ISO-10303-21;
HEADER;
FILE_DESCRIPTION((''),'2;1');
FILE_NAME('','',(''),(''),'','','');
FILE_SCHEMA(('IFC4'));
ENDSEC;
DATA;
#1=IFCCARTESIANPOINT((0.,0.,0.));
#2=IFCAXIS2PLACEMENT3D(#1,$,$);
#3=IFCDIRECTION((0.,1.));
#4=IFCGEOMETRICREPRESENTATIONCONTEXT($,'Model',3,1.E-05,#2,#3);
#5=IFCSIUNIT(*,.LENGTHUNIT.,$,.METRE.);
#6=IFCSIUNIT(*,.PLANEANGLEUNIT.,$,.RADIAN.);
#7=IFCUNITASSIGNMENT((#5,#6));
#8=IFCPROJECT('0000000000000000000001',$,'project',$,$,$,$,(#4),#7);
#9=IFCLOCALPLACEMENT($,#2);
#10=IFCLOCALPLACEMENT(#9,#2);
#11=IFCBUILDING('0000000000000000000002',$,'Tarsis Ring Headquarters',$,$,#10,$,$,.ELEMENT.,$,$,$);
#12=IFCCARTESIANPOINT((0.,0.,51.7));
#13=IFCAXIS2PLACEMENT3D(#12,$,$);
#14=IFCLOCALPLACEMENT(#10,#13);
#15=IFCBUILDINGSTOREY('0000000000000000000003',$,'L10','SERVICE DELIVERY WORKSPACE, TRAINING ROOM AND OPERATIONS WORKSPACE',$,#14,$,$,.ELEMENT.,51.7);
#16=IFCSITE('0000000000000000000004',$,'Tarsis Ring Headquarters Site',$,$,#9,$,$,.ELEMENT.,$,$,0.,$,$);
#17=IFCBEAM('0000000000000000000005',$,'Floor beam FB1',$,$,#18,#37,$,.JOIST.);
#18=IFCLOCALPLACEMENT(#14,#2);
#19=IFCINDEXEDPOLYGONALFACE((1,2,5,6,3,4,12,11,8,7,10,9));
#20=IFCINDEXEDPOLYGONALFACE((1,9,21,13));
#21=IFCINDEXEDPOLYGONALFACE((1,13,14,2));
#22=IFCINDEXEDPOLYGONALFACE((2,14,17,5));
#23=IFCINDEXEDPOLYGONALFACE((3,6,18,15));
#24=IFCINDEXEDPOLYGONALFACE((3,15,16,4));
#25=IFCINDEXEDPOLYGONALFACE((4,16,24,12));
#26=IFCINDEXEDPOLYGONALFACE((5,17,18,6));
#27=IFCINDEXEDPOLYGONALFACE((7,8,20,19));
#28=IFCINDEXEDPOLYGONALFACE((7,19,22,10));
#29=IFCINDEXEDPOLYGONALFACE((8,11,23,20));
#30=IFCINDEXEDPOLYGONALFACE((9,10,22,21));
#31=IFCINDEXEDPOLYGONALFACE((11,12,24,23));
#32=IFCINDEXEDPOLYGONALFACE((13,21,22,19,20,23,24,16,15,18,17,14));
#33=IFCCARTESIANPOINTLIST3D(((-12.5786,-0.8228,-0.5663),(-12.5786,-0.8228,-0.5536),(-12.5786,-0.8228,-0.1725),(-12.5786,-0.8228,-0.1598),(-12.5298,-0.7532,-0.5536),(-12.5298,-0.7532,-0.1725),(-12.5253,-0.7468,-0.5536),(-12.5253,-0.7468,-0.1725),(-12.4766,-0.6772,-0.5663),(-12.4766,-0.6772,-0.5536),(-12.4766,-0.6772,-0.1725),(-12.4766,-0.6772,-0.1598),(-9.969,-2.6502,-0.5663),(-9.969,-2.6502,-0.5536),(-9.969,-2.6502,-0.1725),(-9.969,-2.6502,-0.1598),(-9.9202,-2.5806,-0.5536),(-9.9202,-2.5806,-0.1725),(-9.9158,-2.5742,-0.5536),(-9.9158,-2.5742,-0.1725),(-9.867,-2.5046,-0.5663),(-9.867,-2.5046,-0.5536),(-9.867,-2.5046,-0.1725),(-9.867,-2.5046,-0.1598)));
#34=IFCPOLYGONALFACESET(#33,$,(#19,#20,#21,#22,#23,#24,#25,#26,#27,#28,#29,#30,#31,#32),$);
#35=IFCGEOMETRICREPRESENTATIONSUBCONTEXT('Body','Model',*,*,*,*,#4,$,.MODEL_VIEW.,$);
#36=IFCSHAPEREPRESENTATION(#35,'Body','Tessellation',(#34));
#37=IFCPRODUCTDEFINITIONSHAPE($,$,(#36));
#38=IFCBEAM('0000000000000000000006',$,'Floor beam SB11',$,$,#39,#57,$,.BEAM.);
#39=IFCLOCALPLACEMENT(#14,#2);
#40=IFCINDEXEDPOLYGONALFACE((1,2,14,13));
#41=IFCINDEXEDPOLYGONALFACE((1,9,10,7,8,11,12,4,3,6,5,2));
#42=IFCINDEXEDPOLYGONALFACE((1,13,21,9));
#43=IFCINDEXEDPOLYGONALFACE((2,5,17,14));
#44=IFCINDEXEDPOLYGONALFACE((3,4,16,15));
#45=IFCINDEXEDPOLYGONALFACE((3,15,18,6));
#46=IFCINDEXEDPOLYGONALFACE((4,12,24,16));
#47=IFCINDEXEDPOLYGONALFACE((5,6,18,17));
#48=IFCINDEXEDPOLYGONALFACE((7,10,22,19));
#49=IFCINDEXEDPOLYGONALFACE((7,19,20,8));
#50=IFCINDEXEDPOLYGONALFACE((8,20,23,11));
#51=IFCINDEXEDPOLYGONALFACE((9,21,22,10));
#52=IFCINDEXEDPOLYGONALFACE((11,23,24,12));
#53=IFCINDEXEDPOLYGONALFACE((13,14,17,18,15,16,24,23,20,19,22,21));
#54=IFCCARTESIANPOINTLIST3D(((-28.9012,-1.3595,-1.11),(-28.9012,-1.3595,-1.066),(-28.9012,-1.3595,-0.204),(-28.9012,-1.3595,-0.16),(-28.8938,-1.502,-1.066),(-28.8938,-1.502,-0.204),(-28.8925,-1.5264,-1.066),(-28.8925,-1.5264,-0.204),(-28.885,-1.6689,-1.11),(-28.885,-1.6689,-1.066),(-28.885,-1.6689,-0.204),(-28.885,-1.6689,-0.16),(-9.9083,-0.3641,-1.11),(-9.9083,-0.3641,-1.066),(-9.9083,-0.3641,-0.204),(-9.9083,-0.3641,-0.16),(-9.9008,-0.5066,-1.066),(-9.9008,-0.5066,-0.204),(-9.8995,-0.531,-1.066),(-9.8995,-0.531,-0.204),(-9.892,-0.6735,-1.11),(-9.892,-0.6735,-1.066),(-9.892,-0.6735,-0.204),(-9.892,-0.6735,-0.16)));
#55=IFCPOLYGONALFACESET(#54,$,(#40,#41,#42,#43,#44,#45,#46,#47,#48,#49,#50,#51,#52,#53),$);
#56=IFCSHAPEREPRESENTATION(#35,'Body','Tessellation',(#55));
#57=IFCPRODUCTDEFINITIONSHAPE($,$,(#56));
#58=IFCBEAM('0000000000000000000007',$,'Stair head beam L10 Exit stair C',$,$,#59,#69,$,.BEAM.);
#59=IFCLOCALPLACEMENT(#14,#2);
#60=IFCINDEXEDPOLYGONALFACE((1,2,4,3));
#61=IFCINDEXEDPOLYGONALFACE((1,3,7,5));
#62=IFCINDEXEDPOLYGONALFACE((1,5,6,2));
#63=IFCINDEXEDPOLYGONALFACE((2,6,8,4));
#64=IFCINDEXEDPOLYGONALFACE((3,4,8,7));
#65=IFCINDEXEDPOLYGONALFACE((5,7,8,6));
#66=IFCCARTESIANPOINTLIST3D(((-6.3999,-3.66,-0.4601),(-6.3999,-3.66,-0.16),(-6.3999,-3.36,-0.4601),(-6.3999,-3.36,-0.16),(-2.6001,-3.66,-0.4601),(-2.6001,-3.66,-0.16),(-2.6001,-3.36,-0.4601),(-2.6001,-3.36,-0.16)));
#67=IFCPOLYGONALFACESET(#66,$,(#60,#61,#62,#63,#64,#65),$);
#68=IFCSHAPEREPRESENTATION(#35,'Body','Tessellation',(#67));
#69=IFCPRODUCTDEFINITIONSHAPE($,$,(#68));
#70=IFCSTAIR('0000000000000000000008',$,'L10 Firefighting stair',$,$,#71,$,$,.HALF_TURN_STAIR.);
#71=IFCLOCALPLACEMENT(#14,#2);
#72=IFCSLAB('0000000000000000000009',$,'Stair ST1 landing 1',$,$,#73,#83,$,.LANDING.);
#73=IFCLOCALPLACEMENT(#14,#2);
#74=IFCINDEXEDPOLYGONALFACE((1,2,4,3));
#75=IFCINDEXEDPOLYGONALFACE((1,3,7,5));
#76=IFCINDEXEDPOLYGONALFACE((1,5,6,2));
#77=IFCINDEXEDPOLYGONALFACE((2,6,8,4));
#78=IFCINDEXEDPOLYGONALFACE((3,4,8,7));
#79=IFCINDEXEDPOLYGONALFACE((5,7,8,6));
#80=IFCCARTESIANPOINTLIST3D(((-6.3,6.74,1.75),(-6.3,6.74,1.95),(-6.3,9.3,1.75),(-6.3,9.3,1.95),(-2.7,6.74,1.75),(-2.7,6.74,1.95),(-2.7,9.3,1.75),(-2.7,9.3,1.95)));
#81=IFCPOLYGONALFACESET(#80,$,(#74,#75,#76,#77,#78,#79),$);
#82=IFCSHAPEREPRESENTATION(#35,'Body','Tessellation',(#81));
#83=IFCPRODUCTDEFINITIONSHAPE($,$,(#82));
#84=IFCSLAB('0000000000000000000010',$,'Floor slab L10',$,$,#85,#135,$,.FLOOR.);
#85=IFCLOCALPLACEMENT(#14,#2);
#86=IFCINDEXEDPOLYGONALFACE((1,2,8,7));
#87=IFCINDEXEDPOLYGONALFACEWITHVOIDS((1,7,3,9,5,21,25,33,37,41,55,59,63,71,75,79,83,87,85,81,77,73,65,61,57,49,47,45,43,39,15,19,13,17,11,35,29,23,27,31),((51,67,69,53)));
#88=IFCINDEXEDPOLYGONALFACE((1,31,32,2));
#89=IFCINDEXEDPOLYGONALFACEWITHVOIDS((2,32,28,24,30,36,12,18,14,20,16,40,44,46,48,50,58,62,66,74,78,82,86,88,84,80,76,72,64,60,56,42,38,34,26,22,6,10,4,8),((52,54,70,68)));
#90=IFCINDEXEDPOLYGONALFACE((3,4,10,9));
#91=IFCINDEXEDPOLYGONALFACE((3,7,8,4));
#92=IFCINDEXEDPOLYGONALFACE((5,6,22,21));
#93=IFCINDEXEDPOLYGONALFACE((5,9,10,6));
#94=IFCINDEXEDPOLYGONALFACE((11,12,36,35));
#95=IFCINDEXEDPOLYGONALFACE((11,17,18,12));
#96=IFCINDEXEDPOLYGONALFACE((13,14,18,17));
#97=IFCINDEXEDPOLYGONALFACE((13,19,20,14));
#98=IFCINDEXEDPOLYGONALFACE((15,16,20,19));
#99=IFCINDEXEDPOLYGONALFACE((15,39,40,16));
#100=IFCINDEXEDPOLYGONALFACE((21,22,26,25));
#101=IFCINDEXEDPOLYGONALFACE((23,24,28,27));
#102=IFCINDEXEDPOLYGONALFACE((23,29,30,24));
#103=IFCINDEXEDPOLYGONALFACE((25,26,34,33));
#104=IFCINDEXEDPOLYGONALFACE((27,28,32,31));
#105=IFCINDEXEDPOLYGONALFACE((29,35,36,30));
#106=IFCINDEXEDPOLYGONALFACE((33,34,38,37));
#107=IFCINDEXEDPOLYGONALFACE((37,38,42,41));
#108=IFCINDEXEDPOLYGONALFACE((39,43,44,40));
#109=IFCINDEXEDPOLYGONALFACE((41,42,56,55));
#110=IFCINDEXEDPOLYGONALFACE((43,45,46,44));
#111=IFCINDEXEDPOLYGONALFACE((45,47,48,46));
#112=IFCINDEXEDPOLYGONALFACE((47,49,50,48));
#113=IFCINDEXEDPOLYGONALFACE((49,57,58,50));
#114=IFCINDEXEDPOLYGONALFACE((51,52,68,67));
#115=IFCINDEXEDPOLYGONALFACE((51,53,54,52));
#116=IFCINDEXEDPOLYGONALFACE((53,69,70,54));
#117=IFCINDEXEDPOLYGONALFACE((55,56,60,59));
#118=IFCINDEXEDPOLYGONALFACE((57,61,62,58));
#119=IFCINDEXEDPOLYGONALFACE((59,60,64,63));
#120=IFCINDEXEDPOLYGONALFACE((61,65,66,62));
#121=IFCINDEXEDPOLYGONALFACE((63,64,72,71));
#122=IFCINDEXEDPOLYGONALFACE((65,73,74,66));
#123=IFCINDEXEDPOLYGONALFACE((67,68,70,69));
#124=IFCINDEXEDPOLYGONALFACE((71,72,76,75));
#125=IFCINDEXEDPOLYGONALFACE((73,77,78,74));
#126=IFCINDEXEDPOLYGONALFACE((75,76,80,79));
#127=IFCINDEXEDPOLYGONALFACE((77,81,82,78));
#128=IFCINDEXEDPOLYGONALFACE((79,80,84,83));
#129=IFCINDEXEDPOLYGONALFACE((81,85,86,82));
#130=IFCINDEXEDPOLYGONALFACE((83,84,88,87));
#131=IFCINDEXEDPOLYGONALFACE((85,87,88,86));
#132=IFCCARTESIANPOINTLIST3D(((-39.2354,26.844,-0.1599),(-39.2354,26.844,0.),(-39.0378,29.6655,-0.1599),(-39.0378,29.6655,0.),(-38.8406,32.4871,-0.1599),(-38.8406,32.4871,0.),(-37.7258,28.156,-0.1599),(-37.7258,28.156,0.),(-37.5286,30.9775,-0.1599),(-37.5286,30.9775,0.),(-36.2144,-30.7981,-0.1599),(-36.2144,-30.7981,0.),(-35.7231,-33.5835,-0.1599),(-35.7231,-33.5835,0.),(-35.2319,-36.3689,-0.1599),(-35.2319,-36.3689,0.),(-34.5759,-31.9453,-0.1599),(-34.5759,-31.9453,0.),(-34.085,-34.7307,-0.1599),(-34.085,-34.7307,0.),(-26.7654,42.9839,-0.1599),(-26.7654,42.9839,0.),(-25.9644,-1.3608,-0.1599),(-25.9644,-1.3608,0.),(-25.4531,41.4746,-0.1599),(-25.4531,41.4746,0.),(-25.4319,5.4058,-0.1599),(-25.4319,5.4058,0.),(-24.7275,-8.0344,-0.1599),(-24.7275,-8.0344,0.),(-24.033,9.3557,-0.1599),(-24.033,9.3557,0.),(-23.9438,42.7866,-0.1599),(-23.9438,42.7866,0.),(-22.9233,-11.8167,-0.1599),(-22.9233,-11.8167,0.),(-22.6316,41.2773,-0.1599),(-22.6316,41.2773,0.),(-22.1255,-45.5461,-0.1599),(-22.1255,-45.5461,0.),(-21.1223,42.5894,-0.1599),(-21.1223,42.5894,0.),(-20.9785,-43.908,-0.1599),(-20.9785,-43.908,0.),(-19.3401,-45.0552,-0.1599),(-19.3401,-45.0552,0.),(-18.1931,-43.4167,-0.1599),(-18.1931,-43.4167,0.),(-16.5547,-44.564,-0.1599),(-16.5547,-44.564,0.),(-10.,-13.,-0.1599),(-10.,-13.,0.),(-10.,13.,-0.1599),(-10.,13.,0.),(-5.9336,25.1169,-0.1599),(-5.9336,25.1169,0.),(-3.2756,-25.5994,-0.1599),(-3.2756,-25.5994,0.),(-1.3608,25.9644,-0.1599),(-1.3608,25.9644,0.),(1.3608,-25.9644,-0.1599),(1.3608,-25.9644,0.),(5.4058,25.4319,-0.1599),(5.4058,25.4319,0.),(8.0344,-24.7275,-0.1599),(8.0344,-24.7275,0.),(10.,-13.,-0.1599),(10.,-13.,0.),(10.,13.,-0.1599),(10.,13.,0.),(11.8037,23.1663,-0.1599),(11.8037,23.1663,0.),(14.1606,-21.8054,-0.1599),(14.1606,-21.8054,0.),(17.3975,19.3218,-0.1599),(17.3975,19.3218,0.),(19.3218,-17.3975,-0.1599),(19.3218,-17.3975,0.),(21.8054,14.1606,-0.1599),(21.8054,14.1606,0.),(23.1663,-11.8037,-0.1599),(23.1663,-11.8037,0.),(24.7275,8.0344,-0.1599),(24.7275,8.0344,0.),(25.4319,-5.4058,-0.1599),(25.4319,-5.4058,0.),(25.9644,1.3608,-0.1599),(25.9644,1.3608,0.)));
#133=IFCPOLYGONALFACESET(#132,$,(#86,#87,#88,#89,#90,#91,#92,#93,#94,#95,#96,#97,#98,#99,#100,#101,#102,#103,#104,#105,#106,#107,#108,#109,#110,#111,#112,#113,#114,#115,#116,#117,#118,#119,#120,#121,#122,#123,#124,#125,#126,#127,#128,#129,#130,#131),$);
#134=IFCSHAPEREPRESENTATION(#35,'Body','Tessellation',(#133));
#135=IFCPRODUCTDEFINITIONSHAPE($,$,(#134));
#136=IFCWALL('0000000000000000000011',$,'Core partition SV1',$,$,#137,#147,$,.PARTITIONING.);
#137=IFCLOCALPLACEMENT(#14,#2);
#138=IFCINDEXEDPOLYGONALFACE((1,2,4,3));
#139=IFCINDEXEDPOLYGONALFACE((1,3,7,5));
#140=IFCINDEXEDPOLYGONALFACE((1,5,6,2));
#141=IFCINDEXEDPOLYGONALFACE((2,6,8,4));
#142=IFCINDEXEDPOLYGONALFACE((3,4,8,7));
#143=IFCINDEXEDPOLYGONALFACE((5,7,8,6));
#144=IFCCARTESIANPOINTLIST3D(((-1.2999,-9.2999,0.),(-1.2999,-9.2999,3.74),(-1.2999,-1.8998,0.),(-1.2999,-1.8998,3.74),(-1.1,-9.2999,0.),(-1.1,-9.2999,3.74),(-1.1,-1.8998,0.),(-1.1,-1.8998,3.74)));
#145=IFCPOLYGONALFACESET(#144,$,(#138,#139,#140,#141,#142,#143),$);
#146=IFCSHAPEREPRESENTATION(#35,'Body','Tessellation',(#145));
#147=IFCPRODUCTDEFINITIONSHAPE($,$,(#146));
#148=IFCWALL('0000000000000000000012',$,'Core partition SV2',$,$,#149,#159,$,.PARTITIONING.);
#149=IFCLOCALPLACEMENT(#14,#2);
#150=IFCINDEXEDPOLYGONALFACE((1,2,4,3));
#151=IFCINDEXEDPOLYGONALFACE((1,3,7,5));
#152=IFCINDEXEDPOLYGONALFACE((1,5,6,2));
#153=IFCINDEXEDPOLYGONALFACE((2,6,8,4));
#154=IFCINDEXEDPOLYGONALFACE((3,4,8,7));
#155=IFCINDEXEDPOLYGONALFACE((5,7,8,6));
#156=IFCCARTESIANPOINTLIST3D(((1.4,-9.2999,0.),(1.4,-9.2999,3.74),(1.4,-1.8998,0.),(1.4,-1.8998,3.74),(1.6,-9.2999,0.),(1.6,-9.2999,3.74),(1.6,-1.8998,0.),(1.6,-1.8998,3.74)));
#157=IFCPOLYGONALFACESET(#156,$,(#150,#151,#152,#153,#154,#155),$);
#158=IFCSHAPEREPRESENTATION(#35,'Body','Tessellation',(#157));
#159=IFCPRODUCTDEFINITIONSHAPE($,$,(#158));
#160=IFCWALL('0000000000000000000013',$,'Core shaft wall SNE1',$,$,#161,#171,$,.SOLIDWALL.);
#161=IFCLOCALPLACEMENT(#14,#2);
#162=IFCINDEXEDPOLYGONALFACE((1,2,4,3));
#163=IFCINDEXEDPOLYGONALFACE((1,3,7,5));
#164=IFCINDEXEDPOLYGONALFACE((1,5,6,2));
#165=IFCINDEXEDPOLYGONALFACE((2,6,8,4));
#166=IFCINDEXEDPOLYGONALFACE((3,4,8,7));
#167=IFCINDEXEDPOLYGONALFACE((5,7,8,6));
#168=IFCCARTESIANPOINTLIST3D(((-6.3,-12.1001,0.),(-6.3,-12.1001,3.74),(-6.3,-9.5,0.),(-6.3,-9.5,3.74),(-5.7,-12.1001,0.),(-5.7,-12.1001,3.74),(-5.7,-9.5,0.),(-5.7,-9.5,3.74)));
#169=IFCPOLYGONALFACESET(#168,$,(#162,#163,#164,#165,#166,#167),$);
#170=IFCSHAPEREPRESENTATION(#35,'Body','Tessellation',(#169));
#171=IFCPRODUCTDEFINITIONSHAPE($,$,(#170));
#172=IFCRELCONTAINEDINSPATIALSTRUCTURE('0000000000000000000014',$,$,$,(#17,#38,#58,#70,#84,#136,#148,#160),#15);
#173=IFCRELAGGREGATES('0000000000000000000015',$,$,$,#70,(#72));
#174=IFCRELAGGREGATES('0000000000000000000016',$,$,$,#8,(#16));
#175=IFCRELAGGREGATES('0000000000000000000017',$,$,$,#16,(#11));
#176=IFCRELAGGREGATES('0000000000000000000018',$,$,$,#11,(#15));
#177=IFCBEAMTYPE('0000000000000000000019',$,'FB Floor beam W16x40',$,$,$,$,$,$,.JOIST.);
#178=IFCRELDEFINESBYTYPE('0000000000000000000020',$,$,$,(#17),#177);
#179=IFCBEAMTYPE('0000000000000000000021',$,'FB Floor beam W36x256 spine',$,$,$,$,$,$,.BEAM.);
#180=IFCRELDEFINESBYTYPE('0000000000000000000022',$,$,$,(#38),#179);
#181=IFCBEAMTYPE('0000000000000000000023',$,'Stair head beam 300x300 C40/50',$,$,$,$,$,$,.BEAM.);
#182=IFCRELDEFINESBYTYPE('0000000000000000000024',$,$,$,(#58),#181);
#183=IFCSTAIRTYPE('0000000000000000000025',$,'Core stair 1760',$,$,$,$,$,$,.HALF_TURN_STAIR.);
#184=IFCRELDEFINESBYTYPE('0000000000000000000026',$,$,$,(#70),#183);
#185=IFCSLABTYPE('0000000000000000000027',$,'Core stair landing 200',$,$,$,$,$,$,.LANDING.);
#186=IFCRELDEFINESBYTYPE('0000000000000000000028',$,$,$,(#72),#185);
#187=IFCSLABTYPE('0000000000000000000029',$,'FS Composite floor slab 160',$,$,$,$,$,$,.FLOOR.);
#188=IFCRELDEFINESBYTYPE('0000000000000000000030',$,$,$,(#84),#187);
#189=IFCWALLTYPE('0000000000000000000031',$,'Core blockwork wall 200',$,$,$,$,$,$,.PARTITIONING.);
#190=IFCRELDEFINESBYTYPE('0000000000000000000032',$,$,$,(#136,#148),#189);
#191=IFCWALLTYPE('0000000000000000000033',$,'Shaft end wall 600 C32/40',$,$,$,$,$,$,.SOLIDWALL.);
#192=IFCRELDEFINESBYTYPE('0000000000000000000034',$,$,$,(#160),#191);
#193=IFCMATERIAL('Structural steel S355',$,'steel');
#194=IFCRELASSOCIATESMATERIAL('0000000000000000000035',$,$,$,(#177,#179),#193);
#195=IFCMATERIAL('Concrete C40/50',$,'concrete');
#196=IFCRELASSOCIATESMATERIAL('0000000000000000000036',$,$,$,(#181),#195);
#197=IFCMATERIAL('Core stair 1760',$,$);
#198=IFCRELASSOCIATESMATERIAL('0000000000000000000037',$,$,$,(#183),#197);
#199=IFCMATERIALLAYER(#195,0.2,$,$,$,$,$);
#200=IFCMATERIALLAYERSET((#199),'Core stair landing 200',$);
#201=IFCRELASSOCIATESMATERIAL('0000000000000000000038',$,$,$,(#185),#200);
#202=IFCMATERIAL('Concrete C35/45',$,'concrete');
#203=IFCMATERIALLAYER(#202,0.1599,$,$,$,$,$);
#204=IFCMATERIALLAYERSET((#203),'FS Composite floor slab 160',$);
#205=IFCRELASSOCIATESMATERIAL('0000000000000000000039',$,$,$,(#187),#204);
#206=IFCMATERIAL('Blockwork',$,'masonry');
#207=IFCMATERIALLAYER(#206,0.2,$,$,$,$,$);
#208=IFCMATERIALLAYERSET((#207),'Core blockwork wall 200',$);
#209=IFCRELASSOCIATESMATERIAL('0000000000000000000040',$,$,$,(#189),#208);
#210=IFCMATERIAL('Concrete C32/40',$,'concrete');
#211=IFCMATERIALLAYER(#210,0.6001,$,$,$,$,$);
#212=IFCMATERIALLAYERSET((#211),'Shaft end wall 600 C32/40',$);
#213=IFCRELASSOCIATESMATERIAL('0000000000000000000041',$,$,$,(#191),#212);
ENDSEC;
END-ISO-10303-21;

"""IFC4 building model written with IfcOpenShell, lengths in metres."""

from ifc_helpers import new_model, si_unit, direction, frame, frame_2d, origin, origin_2d, place, context, subcontext, project, spatial, polyline, rectangle, i_section, outline, extrude, material, layer, layer_set, material_profile, profile_set, type_object, element, aggregate, save


model = new_model("IFC4")

# Units and contexts
model_context = context("Model", 3, precision=1e-05, world=origin(), true_north=direction((0.0, 1.0)))
body_context = subcontext(model_context, "Body", "Model", "MODEL_VIEW")
ifc_project = project(units=[si_unit("LENGTHUNIT", "METRE"), si_unit("PLANEANGLEUNIT", "RADIAN")], contexts=[model_context])

# Site, building, storey
site_placement = place(None, origin())
site = spatial("IfcSite", under=ifc_project, at=site_placement, Name="Tarsis Ring Headquarters Site", CompositionType="ELEMENT", RefElevation=0.0)
building_placement = place(site_placement, origin())
building = spatial("IfcBuilding", under=site, at=building_placement, Name="Tarsis Ring Headquarters", CompositionType="ELEMENT")
storey_placement = place(building_placement, frame((0.0, 0.0, 51.7)))
storey = spatial("IfcBuildingStorey", under=building, at=storey_placement, Name="L10", Description="SERVICE DELIVERY WORKSPACE, TRAINING ROOM AND OPERATIONS WORKSPACE", CompositionType="ELEMENT", Elevation=51.7)

# Beams
ifc_material_1 = material(Name="Structural steel S355", Category="steel")
ifc_material_profile_1 = material_profile(ifc_material_1, i_section(OverallWidth=0.1777, OverallDepth=0.4065, WebThickness=0.0078, FlangeThickness=0.0127, at=origin_2d()), Name="W16x40")
ifc_profile_set_1 = profile_set([ifc_material_profile_1], Name="Structural steel S355")
beam_type_1 = type_object("IfcBeamType", Name="FB Floor beam W16x40", PredefinedType="JOIST", material=ifc_profile_set_1)
beam_1_placement = place(storey_placement, frame((-12.5276, -0.75, -0.363), z_axis=(0.819135, -0.573601, 0.0), x_axis=(0.573601, 0.819135, 0.0)))
element("IfcBeam", 1, at=beam_1_placement, inside=storey, type_object=beam_type_1, Name="Floor beam FB1", PredefinedType="JOIST", context=body_context, shape_type="SweptSolid", body=[
    extrude(i_section(OverallWidth=0.1777, OverallDepth=0.4065, WebThickness=0.0078, FlangeThickness=0.0127, at=origin_2d()), origin(), (0.0, 0.0, 1.0), 3.1858),
])
ifc_material_profile_2 = material_profile(ifc_material_1, i_section(OverallWidth=0.3098, OverallDepth=0.95, WebThickness=0.0244, FlangeThickness=0.0439, at=origin_2d()), Name="W36x256")
ifc_profile_set_2 = profile_set([ifc_material_profile_2], Name="Structural steel S355")
beam_type_2 = type_object("IfcBeamType", Name="FB Floor beam W36x256 spine", PredefinedType="BEAM", material=ifc_profile_set_2)
beam_2_placement = place(storey_placement, frame((-9.9001, -0.5188, -0.635), z_axis=(-0.99863, -0.052335, 0.0), x_axis=(0.052335, -0.99863, 0.0)))
element("IfcBeam", 2, at=beam_2_placement, inside=storey, type_object=beam_type_2, Name="Floor beam SB11", PredefinedType="BEAM", context=body_context, shape_type="SweptSolid", body=[
    extrude(i_section(OverallWidth=0.3098, OverallDepth=0.95, WebThickness=0.0244, FlangeThickness=0.0439, at=origin_2d()), origin(), (0.0, 0.0, 1.0), 19.019),
])
ifc_material_2 = material(Name="Concrete C40/50", Category="concrete")
ifc_material_profile_3 = material_profile(ifc_material_2, rectangle(XDim=0.3, YDim=0.3, at=origin_2d()), Name="Stair head beam 300x300 C40/50")
ifc_profile_set_3 = profile_set([ifc_material_profile_3], Name="Concrete C40/50")
beam_type_3 = type_object("IfcBeamType", Name="Stair head beam 300x300 C40/50", PredefinedType="BEAM", material=ifc_profile_set_3)
beam_3_placement = place(storey_placement, frame((-6.3999, -3.51, -0.3101), z_axis=(1.0, 0.0, 0.0), x_axis=(0.0, 1.0, 0.0)))
element("IfcBeam", 3, at=beam_3_placement, inside=storey, type_object=beam_type_3, Name="Stair head beam L10 Exit stair C", PredefinedType="BEAM", context=body_context, shape_type="SweptSolid", body=[
    extrude(rectangle(XDim=0.3, YDim=0.3, at=origin_2d()), origin(), (0.0, 0.0, 1.0), 3.7998),
])

# Stair, slab
ifc_material_3 = material(Name="Core stair 1760")
stair_type = type_object("IfcStairType", Name="Core stair 1760", PredefinedType="HALF_TURN_STAIR", material=ifc_material_3)
stair_placement = place(storey_placement, origin())
stair = element("IfcStair", 4, at=stair_placement, inside=storey, type_object=stair_type, Name="L10 Firefighting stair", PredefinedType="HALF_TURN_STAIR")
ifc_layer_1 = layer(ifc_material_2, 0.2)
ifc_layer_set_1 = layer_set([ifc_layer_1], Name="Core stair landing 200")
slab_type_1 = type_object("IfcSlabType", Name="Core stair landing 200", PredefinedType="LANDING", material=ifc_layer_set_1)
slab_1_placement = place(storey_placement, frame((0.0, 0.0, 1.75)))
slab_1 = element("IfcSlab", 5, at=slab_1_placement, type_object=slab_type_1, Name="Stair ST1 landing 1", PredefinedType="LANDING", context=body_context, shape_type="SweptSolid", body=[
    extrude(outline(polyline([(-2.7, 6.74), (-2.7, 9.3), (-6.3, 9.3), (-6.3, 6.74), (-2.7, 6.74)])), origin(), (0.0, 0.0, 1.0), 0.2),
])
aggregate(stair, [slab_1])

# Slab
ifc_material_4 = material(Name="Concrete C35/45", Category="concrete")
ifc_layer_2 = layer(ifc_material_4, 0.1599)
ifc_layer_set_2 = layer_set([ifc_layer_2], Name="FS Composite floor slab 160")
slab_type_2 = type_object("IfcSlabType", Name="FS Composite floor slab 160", PredefinedType="FLOOR", material=ifc_layer_set_2)
slab_2_placement = place(storey_placement, frame((0.0, 0.0, -0.1599)))
element("IfcSlab", 6, at=slab_2_placement, inside=storey, type_object=slab_type_2, Name="Floor slab L10", PredefinedType="FLOOR", context=body_context, shape_type="SweptSolid", body=[
    extrude(outline(polyline([(-24.033, 9.3557), (-25.4319, 5.4058), (-25.9644, -1.3608), (-24.7275, -8.0344), (-22.9233, -11.8167), (-36.2144, -30.7981), (-34.5759, -31.9453), (-35.7231, -33.5835), (-34.085, -34.7307), (-35.2319, -36.3689), (-22.1255, -45.5461), (-20.9785, -43.908), (-19.3401, -45.0552), (-18.1931, -43.4167), (-16.5547, -44.564), (-3.2756, -25.5994), (1.3608, -25.9644), (8.0344, -24.7275), (14.1606, -21.8054), (19.3218, -17.3975), (23.1663, -11.8037), (25.4319, -5.4058), (25.9644, 1.3608), (24.7275, 8.0344), (21.8054, 14.1606), (17.3975, 19.3218), (11.8037, 23.1663), (5.4058, 25.4319), (-1.3608, 25.9644), (-5.9336, 25.1169), (-21.1223, 42.5894), (-22.6316, 41.2773), (-23.9438, 42.7866), (-25.4531, 41.4746), (-26.7654, 42.9839), (-38.8406, 32.4871), (-37.5286, 30.9775), (-39.0378, 29.6655), (-37.7258, 28.156), (-39.2354, 26.844), (-24.033, 9.3557)]), holes=[polyline([(-10.0, -13.0), (-10.0, 13.0), (10.0, 13.0), (10.0, -13.0), (-10.0, -13.0)])]), origin(), (0.0, 0.0, 1.0), 0.1599),
])

# Walls
ifc_material_5 = material(Name="Blockwork", Category="masonry")
ifc_layer_3 = layer(ifc_material_5, 0.2)
ifc_layer_set_3 = layer_set([ifc_layer_3], Name="Core blockwork wall 200")
wall_type_1 = type_object("IfcWallType", Name="Core blockwork wall 200", PredefinedType="PARTITIONING", material=ifc_layer_set_3)
for number, where, z_axis, x_axis, name in (
    (7, (-1.2, -9.3, 0.0), (0.0, 0.0, 1.0), (0.0, 1.0, 0.0), "Core partition SV1"),
    (8, (1.5, -9.3, 0.0), (0.0, 0.0, 1.0), (0.0, 1.0, 0.0), "Core partition SV2"),
):
    element("IfcWall", number, at=place(storey_placement, frame(where, z_axis=z_axis, x_axis=x_axis)), inside=storey, type_object=wall_type_1, Name=name, PredefinedType="PARTITIONING", context=body_context, shape_type="SweptSolid", body=[
        extrude(rectangle(XDim=7.4001, YDim=0.2, at=frame_2d((3.7002, 0.0))), origin(), (0.0, 0.0, 1.0), 3.74),
    ])
ifc_material_6 = material(Name="Concrete C32/40", Category="concrete")
ifc_layer_4 = layer(ifc_material_6, 0.6001)
ifc_layer_set_4 = layer_set([ifc_layer_4], Name="Shaft end wall 600 C32/40")
wall_type_2 = type_object("IfcWallType", Name="Shaft end wall 600 C32/40", PredefinedType="SOLIDWALL", material=ifc_layer_set_4)
wall_1_placement = place(storey_placement, frame((-6.0, -12.1001, 0.0), z_axis=(0.0, 0.0, 1.0), x_axis=(0.0, 1.0, 0.0)))
element("IfcWall", 9, at=wall_1_placement, inside=storey, type_object=wall_type_2, Name="Core shaft wall SNE1", PredefinedType="SOLIDWALL", context=body_context, shape_type="SweptSolid", body=[
    extrude(rectangle(XDim=2.6001, YDim=0.6001, at=frame_2d((1.3, 0.0))), origin(), (0.0, 0.0, 1.0), 3.74),
])

save(model, "model.ifc")
